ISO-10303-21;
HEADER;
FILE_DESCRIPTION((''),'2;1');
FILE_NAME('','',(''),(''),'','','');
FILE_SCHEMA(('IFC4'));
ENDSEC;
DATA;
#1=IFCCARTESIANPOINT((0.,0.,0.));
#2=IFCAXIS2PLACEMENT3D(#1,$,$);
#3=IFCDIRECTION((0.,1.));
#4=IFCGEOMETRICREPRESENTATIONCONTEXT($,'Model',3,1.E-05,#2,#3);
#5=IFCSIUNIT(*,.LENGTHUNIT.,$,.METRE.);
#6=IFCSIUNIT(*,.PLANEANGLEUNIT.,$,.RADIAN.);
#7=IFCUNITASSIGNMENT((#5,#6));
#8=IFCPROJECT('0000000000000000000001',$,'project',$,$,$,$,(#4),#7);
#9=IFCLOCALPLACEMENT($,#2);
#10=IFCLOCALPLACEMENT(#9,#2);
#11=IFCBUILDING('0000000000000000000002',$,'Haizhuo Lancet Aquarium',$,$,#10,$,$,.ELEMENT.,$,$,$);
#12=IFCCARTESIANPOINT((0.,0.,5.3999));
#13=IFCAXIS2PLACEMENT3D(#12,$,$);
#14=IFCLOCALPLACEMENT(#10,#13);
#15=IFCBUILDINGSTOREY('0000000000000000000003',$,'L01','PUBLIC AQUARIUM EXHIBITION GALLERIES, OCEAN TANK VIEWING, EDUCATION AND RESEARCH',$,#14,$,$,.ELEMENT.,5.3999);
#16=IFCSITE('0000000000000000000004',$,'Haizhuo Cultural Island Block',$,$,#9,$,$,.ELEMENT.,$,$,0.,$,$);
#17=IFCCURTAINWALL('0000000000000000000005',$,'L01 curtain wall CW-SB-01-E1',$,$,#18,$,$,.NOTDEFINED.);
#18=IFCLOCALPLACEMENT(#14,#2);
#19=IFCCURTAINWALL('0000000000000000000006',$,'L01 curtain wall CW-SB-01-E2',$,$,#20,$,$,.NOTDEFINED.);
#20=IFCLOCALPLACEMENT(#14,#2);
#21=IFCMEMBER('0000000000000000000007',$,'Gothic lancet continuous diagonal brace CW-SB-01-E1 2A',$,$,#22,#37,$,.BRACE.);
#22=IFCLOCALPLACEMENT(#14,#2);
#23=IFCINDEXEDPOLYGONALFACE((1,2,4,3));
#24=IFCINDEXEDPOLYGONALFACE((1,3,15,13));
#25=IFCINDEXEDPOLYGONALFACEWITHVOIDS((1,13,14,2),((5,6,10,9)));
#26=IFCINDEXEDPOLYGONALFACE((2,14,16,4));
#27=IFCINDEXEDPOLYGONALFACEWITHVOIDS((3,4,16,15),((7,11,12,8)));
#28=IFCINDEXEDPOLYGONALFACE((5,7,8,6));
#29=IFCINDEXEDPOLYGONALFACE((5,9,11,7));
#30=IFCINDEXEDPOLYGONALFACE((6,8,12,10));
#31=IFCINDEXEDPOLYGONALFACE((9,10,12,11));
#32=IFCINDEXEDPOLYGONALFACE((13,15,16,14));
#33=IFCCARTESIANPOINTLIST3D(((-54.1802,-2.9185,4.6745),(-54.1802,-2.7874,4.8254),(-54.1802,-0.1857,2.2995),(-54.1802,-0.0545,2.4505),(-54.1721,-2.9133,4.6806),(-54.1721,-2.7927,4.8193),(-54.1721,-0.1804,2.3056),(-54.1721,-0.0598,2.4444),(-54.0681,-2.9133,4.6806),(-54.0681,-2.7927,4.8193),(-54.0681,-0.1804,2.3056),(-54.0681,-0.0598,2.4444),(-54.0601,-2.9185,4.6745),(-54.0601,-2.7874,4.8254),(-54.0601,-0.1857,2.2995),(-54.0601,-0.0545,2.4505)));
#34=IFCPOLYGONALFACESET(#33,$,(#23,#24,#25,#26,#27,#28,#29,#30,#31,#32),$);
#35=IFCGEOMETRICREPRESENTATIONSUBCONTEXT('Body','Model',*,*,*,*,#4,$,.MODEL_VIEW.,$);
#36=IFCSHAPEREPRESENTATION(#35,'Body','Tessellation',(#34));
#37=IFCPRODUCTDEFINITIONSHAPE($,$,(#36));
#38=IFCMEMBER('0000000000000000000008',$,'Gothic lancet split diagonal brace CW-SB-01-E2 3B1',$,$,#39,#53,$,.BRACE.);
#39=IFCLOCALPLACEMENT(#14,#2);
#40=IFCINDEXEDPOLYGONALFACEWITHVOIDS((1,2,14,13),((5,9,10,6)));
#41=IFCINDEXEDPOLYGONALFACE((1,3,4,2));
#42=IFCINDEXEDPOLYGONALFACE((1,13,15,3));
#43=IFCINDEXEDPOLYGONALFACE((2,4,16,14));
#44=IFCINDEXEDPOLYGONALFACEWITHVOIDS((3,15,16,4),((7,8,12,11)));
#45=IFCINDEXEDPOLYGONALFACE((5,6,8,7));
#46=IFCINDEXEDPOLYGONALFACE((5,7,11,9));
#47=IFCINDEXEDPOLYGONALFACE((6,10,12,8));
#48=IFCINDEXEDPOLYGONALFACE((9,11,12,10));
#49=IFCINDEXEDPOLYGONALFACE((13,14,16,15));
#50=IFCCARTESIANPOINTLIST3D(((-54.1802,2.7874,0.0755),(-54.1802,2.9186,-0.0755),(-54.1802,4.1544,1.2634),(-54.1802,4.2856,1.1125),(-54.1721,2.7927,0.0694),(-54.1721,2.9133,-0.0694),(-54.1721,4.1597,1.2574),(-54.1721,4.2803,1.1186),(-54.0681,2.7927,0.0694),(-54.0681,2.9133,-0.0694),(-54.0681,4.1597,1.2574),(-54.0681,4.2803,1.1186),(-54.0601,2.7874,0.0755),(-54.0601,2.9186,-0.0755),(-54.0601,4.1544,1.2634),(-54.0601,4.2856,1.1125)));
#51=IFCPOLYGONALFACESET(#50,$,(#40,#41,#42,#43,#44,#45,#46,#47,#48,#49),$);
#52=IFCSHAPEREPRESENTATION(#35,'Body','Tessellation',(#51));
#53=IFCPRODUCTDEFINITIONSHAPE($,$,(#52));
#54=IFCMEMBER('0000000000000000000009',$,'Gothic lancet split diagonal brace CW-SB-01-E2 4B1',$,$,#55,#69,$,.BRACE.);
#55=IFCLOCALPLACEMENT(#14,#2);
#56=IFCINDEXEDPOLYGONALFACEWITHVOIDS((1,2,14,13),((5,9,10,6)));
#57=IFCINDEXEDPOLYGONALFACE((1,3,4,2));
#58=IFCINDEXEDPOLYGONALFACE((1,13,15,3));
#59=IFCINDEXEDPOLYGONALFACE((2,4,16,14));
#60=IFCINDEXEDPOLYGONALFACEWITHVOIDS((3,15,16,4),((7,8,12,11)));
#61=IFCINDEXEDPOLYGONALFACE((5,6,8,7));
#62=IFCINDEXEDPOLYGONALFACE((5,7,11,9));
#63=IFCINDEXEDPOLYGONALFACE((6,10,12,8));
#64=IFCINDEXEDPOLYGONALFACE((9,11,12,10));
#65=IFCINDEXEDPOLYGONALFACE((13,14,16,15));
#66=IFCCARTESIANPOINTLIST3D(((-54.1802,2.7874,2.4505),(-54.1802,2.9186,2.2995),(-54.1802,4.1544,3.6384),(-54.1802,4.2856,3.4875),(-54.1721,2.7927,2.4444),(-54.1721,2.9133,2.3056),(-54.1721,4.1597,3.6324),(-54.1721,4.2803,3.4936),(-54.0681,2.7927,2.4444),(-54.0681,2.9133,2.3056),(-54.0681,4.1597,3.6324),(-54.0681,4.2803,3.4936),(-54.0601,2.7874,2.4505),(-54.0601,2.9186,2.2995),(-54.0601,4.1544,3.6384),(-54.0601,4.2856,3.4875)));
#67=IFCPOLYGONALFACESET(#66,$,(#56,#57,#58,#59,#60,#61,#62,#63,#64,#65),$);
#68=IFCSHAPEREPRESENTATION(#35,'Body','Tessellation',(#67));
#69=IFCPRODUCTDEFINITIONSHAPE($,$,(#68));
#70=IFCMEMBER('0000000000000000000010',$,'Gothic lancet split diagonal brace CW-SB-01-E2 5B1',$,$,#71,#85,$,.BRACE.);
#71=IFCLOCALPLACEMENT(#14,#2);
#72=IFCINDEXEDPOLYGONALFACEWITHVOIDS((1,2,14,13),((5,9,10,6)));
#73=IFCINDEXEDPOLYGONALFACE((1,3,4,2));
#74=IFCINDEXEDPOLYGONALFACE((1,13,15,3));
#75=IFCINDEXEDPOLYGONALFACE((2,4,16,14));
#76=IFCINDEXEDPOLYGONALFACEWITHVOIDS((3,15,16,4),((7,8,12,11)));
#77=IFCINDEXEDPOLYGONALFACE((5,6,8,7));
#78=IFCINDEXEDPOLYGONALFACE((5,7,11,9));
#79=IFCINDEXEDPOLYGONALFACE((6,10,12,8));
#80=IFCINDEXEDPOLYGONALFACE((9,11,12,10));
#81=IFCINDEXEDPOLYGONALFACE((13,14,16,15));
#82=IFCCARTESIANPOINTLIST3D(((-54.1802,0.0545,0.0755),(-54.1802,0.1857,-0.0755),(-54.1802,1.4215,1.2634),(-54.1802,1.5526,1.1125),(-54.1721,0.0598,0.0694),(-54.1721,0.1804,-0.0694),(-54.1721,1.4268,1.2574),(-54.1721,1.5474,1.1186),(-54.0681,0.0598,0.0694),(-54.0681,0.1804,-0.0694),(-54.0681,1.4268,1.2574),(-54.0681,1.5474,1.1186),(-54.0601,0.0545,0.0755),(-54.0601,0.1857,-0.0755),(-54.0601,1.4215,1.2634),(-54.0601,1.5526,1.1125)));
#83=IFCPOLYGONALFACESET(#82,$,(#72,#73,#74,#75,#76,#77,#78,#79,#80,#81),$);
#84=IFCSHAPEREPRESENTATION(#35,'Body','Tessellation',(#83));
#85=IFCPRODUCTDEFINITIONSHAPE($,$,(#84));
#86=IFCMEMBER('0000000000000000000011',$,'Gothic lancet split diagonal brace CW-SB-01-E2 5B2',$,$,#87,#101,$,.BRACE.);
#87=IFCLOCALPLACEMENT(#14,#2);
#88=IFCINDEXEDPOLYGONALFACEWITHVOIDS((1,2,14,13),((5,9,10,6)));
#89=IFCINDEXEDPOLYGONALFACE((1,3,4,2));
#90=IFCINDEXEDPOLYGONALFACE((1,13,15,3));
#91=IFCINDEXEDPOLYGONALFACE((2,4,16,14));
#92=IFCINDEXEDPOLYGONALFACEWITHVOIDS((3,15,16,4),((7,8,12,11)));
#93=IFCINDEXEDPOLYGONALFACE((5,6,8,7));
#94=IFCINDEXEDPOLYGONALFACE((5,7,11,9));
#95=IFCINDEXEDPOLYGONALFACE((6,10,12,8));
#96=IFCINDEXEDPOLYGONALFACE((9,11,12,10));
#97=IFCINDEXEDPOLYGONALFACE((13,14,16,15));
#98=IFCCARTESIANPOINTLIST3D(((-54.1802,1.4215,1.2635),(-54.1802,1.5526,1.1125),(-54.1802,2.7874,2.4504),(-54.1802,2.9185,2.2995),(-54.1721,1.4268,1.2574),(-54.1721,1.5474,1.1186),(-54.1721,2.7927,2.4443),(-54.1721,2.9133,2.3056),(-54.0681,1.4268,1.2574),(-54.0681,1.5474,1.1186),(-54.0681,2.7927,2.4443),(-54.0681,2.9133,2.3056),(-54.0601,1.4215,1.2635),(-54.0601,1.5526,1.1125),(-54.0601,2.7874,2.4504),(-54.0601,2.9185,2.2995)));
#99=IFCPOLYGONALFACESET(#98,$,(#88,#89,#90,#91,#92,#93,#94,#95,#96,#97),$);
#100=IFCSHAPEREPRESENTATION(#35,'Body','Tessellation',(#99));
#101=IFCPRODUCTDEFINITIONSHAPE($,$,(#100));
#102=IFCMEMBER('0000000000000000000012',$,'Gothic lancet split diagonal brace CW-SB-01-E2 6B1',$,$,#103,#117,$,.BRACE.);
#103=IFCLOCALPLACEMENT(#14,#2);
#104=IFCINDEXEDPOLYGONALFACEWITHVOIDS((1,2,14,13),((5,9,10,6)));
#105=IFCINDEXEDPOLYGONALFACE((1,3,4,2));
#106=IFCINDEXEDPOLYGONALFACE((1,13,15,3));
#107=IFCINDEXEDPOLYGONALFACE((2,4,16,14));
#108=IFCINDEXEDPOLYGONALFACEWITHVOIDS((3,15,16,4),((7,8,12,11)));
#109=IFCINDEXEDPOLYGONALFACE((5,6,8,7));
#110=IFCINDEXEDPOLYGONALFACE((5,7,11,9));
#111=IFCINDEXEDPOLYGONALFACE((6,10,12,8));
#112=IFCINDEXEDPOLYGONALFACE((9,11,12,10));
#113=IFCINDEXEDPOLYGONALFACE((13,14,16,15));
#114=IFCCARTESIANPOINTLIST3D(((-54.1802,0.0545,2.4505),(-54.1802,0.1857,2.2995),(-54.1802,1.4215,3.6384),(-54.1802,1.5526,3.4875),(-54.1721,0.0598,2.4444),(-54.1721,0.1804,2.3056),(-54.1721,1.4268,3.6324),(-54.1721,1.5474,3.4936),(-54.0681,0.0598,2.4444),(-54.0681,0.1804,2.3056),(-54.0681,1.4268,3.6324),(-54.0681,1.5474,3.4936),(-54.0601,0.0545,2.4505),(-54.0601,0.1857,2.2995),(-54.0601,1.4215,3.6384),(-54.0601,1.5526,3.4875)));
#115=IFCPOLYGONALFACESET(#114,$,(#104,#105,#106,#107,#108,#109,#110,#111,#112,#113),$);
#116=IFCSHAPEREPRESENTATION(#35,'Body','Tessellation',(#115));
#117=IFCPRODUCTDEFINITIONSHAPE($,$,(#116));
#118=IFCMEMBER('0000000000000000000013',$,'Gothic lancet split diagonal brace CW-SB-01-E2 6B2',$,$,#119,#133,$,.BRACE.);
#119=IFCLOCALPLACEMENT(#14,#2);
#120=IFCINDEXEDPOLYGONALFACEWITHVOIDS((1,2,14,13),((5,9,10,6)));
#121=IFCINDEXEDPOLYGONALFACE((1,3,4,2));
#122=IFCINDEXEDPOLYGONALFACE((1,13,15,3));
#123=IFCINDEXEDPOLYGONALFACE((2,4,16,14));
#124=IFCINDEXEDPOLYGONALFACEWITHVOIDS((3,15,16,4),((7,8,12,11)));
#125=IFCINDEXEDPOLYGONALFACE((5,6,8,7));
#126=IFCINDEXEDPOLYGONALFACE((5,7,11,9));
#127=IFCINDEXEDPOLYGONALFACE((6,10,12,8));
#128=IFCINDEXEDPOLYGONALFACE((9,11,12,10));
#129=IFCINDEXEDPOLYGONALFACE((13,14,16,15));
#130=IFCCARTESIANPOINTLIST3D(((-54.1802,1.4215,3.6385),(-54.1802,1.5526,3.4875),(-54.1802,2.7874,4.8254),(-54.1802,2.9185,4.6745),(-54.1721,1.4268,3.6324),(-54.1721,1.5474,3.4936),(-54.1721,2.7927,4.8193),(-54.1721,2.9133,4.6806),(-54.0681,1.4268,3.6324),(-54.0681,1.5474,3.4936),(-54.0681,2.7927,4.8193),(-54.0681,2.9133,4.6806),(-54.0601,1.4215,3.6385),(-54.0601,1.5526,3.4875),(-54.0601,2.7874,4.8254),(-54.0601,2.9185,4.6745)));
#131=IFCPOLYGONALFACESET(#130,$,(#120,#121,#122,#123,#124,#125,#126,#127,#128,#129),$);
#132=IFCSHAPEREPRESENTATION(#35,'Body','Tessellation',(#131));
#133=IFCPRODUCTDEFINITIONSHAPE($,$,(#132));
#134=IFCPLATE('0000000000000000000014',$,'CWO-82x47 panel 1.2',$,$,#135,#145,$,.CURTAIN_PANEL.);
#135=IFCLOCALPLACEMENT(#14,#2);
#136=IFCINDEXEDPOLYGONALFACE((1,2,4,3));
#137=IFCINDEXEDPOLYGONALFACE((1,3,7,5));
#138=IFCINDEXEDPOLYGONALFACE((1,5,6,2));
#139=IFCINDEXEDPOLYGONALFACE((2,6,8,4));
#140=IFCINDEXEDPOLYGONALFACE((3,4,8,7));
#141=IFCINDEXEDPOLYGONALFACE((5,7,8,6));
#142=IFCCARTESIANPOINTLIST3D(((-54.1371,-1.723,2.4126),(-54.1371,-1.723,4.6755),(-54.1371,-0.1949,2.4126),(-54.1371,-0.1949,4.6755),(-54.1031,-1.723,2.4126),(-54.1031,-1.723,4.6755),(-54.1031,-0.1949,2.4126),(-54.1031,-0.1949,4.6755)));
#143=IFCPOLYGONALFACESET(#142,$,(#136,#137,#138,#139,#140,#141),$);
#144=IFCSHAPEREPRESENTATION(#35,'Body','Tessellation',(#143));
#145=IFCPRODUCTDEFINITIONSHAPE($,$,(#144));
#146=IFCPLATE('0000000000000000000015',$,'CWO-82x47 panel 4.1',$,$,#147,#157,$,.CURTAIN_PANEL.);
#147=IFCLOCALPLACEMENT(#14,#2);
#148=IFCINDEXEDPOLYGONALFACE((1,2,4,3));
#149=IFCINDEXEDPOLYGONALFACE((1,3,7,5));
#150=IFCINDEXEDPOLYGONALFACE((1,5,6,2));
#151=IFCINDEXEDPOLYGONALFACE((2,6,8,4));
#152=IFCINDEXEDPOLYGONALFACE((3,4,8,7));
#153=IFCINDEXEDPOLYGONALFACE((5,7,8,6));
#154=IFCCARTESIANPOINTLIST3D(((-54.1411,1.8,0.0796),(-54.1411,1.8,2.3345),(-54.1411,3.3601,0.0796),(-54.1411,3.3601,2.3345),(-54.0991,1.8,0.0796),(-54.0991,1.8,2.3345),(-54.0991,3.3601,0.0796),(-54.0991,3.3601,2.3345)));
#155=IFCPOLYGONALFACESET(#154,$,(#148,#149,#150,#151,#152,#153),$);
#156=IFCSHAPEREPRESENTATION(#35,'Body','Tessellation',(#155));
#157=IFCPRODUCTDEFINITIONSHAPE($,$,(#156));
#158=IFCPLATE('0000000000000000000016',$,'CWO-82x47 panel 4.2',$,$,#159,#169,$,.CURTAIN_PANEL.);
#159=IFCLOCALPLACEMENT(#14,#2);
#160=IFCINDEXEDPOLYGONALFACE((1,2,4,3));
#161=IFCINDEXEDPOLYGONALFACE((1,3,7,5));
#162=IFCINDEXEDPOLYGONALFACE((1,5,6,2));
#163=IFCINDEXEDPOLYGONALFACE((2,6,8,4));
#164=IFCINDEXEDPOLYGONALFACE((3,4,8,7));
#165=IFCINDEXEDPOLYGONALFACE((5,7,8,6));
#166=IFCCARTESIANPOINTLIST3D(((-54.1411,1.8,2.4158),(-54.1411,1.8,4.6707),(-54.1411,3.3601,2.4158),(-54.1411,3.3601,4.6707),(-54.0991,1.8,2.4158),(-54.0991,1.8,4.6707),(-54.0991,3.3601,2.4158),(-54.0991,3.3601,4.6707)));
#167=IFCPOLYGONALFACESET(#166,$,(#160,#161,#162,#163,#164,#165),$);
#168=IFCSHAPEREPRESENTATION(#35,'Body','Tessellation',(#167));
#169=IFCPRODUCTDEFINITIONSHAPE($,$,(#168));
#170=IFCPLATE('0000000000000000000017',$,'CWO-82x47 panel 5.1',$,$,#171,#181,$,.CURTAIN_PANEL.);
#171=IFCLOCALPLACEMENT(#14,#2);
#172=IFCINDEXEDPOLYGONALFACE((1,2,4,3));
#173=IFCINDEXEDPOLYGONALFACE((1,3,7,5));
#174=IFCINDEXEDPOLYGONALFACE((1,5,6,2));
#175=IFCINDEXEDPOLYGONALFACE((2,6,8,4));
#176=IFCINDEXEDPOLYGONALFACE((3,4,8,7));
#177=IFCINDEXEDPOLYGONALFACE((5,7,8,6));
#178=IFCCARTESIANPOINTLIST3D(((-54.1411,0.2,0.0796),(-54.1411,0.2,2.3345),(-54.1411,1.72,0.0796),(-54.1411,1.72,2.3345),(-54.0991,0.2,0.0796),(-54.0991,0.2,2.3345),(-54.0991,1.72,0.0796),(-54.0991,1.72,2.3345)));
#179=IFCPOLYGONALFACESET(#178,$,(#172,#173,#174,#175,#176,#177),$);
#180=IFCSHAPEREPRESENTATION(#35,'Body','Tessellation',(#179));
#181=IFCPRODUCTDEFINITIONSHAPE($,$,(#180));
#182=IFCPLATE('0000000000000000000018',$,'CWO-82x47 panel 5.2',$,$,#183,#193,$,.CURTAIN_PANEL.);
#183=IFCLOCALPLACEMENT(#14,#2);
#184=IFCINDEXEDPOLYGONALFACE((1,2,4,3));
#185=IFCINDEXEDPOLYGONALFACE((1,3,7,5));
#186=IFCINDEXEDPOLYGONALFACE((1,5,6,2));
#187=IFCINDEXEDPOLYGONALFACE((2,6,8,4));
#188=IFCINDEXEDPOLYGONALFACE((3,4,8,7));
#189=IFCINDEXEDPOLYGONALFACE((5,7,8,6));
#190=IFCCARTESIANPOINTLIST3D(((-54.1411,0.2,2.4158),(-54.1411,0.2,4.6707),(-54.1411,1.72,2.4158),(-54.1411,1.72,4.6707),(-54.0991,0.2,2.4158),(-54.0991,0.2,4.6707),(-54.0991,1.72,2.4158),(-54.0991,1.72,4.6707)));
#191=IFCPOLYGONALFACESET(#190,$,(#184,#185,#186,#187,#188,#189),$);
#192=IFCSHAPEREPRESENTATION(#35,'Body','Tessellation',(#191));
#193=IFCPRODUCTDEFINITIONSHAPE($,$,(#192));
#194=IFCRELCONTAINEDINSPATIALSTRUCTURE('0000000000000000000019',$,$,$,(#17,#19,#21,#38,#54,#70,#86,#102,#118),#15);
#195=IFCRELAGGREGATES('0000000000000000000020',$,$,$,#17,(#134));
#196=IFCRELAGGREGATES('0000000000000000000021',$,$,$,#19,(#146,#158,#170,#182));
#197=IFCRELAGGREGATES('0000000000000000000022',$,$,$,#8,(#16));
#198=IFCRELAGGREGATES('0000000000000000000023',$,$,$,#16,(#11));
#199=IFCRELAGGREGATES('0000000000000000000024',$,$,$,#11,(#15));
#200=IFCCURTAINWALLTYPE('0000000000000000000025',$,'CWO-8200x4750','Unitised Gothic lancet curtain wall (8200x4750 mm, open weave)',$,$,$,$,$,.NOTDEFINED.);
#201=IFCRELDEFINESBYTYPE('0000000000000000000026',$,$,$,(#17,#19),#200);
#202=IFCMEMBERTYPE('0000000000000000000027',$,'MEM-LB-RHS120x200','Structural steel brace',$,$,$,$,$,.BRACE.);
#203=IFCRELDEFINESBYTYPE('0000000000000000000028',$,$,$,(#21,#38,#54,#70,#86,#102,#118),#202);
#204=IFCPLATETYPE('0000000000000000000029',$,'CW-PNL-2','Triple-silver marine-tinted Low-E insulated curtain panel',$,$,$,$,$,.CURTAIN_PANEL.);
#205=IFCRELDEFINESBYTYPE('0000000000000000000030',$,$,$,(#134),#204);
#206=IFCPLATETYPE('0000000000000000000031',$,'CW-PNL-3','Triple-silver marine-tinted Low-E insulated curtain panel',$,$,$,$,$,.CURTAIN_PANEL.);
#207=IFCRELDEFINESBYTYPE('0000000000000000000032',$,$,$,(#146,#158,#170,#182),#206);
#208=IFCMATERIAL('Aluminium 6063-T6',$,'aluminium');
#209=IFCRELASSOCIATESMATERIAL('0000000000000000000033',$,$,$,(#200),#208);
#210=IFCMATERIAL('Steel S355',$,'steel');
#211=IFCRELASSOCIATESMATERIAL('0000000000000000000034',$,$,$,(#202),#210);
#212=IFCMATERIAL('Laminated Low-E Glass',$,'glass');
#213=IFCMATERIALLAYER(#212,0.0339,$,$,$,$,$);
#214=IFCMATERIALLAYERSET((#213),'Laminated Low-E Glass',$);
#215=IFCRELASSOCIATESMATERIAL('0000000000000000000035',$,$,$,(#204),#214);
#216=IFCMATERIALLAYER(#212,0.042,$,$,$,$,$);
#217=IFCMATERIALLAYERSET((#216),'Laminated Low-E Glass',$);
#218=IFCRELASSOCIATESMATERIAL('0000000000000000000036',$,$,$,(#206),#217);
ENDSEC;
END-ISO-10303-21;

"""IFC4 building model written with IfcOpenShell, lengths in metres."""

from ifc_helpers import new_model, si_unit, direction, frame, origin, origin_2d, place, context, subcontext, project, spatial, rectangle, hollow_rectangle, extrude, material, layer, layer_set, material_profile, profile_set, type_object, element, aggregate, save


model = new_model("IFC4")

# Units and contexts
model_context = context("Model", 3, precision=1e-05, world=origin(), true_north=direction((0.0, 1.0)))
body_context = subcontext(model_context, "Body", "Model", "MODEL_VIEW")
ifc_project = project(units=[si_unit("LENGTHUNIT", "METRE"), si_unit("PLANEANGLEUNIT", "RADIAN")], contexts=[model_context])

# Site, building, storey
site_placement = place(None, origin())
site = spatial("IfcSite", under=ifc_project, at=site_placement, Name="Haizhuo Cultural Island Block", CompositionType="ELEMENT", RefElevation=0.0)
building_placement = place(site_placement, origin())
building = spatial("IfcBuilding", under=site, at=building_placement, Name="Haizhuo Lancet Aquarium", CompositionType="ELEMENT")
storey_placement = place(building_placement, frame((0.0, 0.0, 5.3999)))
storey = spatial("IfcBuildingStorey", under=building, at=storey_placement, Name="L01", Description="PUBLIC AQUARIUM EXHIBITION GALLERIES, OCEAN TANK VIEWING, EDUCATION AND RESEARCH", CompositionType="ELEMENT", Elevation=5.3999)

# Curtain wall
ifc_material_1 = material(Name="Aluminium 6063-T6", Category="aluminium")
curtain_wall_type = type_object("IfcCurtainWallType", Name="CWO-8200x4750", Description="Unitised Gothic lancet curtain wall (8200x4750 mm, open weave)", PredefinedType="NOTDEFINED", material=ifc_material_1)
curtain_wall_1_placement = place(storey_placement, origin())
curtain_wall_1 = element("IfcCurtainWall", 1, at=curtain_wall_1_placement, inside=storey, type_object=curtain_wall_type, Name="L01 curtain wall CW-SB-01-E1", PredefinedType="NOTDEFINED")

# Curtain wall
curtain_wall_2_placement = place(storey_placement, origin())
curtain_wall_2 = element("IfcCurtainWall", 2, at=curtain_wall_2_placement, inside=storey, type_object=curtain_wall_type, Name="L01 curtain wall CW-SB-01-E2", PredefinedType="NOTDEFINED")

# Members
ifc_material_2 = material(Name="Steel S355", Category="steel")
ifc_material_profile_1 = material_profile(ifc_material_2, hollow_rectangle(XDim=0.1201, YDim=0.2, WallThickness=0.0081, at=origin_2d()), Name="RHS 120x200x8")
ifc_profile_set_1 = profile_set([ifc_material_profile_1], Name="Steel S355")
member_type_1 = type_object("IfcMemberType", Name="MEM-LB-RHS120x200", Description="Structural steel brace", PredefinedType="BRACE", material=ifc_profile_set_1)
for number, where, z_axis, x_axis, name in (
    (3, (-54.1201, -0.1201, 2.375), (0.0, -0.754803, 0.655952), (1.0, 0.0, 0.0), "Gothic lancet continuous diagonal brace CW-SB-01-E1 2A"),
):
    element("IfcMember", number, at=place(storey_placement, frame(where, z_axis=z_axis, x_axis=x_axis)), inside=storey, type_object=member_type_1, Name=name, PredefinedType="BRACE", context=body_context, shape_type="SweptSolid", body=[
        extrude(hollow_rectangle(XDim=0.1201, YDim=0.2, WallThickness=0.0081, at=origin_2d()), origin(), (0.0, 0.0, 1.0), 3.6206),
    ])
for number, where, z_axis, x_axis, name in (
    (4, (-54.1201, 2.853, 0.0), (0.0, 0.754785, 0.655972), (-1.0, 0.0, 0.0), "Gothic lancet split diagonal brace CW-SB-01-E2 3B1"),
    (5, (-54.1201, 2.853, 2.375), (0.0, 0.754785, 0.655972), (-1.0, 0.0, 0.0), "Gothic lancet split diagonal brace CW-SB-01-E2 4B1"),
    (6, (-54.1201, 0.1201, 0.0), (0.0, 0.754785, 0.655972), (-1.0, 0.0, 0.0), "Gothic lancet split diagonal brace CW-SB-01-E2 5B1"),
):
    element("IfcMember", number, at=place(storey_placement, frame(where, z_axis=z_axis, x_axis=x_axis)), inside=storey, type_object=member_type_1, Name=name, PredefinedType="BRACE", context=body_context, shape_type="SweptSolid", body=[
        extrude(hollow_rectangle(XDim=0.1201, YDim=0.2, WallThickness=0.0081, at=origin_2d()), origin(), (0.0, 0.0, 1.0), 1.811),
    ])
member_1_placement = place(storey_placement, frame((-54.1201, 1.4871, 1.188), z_axis=(0.0, 0.75482, 0.655932), x_axis=(-1.0, 0.0, 0.0)))
element("IfcMember", 7, at=member_1_placement, inside=storey, type_object=member_type_1, Name="Gothic lancet split diagonal brace CW-SB-01-E2 5B2", PredefinedType="BRACE", context=body_context, shape_type="SweptSolid", body=[
    extrude(hollow_rectangle(XDim=0.1201, YDim=0.2, WallThickness=0.0081, at=origin_2d()), origin(), (0.0, 0.0, 1.0), 1.8096),
])
member_2_placement = place(storey_placement, frame((-54.1201, 0.1201, 2.375), z_axis=(0.0, 0.754785, 0.655972), x_axis=(-1.0, 0.0, 0.0)))
element("IfcMember", 8, at=member_2_placement, inside=storey, type_object=member_type_1, Name="Gothic lancet split diagonal brace CW-SB-01-E2 6B1", PredefinedType="BRACE", context=body_context, shape_type="SweptSolid", body=[
    extrude(hollow_rectangle(XDim=0.1201, YDim=0.2, WallThickness=0.0081, at=origin_2d()), origin(), (0.0, 0.0, 1.0), 1.811),
])
member_3_placement = place(storey_placement, frame((-54.1201, 1.4871, 3.563), z_axis=(0.0, 0.75482, 0.655932), x_axis=(-1.0, 0.0, 0.0)))
element("IfcMember", 9, at=member_3_placement, inside=storey, type_object=member_type_1, Name="Gothic lancet split diagonal brace CW-SB-01-E2 6B2", PredefinedType="BRACE", context=body_context, shape_type="SweptSolid", body=[
    extrude(hollow_rectangle(XDim=0.1201, YDim=0.2, WallThickness=0.0081, at=origin_2d()), origin(), (0.0, 0.0, 1.0), 1.8096),
])

# Plates
ifc_material_3 = material(Name="Laminated Low-E Glass", Category="glass")
ifc_layer_1 = layer(ifc_material_3, 0.0339)
ifc_layer_set_1 = layer_set([ifc_layer_1], Name="Laminated Low-E Glass")
plate_type_1 = type_object("IfcPlateType", Name="CW-PNL-2", Description="Triple-silver marine-tinted Low-E insulated curtain panel", PredefinedType="CURTAIN_PANEL", material=ifc_layer_set_1)
plate_1_placement = place(storey_placement, frame((-54.1201, -0.959, 2.4126), z_axis=(0.0, 0.0, 1.0), x_axis=(0.0, -1.0, 0.0)))
plate_1 = element("IfcPlate", 10, at=plate_1_placement, type_object=plate_type_1, Name="CWO-82x47 panel 1.2", PredefinedType="CURTAIN_PANEL", context=body_context, shape_type="SweptSolid", body=[
    extrude(rectangle(XDim=1.5281, YDim=0.0339, at=origin_2d()), origin(), (0.0, 0.0, 1.0), 2.2629),
])
aggregate(curtain_wall_1, [plate_1])
ifc_layer_2 = layer(ifc_material_3, 0.042)
ifc_layer_set_2 = layer_set([ifc_layer_2], Name="Laminated Low-E Glass")
plate_type_2 = type_object("IfcPlateType", Name="CW-PNL-3", Description="Triple-silver marine-tinted Low-E insulated curtain panel", PredefinedType="CURTAIN_PANEL", material=ifc_layer_set_2)
plate_2_placement = place(storey_placement, frame((-54.1201, 2.5801, 0.0796), z_axis=(0.0, 0.0, 1.0), x_axis=(0.0, -1.0, 0.0)))
plate_2 = element("IfcPlate", 11, at=plate_2_placement, type_object=plate_type_2, Name="CWO-82x47 panel 4.1", PredefinedType="CURTAIN_PANEL", context=body_context, shape_type="SweptSolid", body=[
    extrude(rectangle(XDim=1.5601, YDim=0.042, at=origin_2d()), origin(), (0.0, 0.0, 1.0), 2.2549),
])
plate_3_placement = place(storey_placement, frame((-54.1201, 2.5801, 2.4158), z_axis=(0.0, 0.0, 1.0), x_axis=(0.0, -1.0, 0.0)))
plate_3 = element("IfcPlate", 12, at=plate_3_placement, type_object=plate_type_2, Name="CWO-82x47 panel 4.2", PredefinedType="CURTAIN_PANEL", context=body_context, shape_type="SweptSolid", body=[
    extrude(rectangle(XDim=1.5601, YDim=0.042, at=origin_2d()), origin(), (0.0, 0.0, 1.0), 2.2549),
])
plate_4_placement = place(storey_placement, frame((-54.1201, 0.96, 0.0796), z_axis=(0.0, 0.0, 1.0), x_axis=(0.0, -1.0, 0.0)))
plate_4 = element("IfcPlate", 13, at=plate_4_placement, type_object=plate_type_2, Name="CWO-82x47 panel 5.1", PredefinedType="CURTAIN_PANEL", context=body_context, shape_type="SweptSolid", body=[
    extrude(rectangle(XDim=1.52, YDim=0.042, at=origin_2d()), origin(), (0.0, 0.0, 1.0), 2.2549),
])
plate_5_placement = place(storey_placement, frame((-54.1201, 0.96, 2.4158), z_axis=(0.0, 0.0, 1.0), x_axis=(0.0, -1.0, 0.0)))
plate_5 = element("IfcPlate", 14, at=plate_5_placement, type_object=plate_type_2, Name="CWO-82x47 panel 5.2", PredefinedType="CURTAIN_PANEL", context=body_context, shape_type="SweptSolid", body=[
    extrude(rectangle(XDim=1.52, YDim=0.042, at=origin_2d()), origin(), (0.0, 0.0, 1.0), 2.2549),
])
aggregate(curtain_wall_2, [plate_2, plate_3, plate_4, plate_5])

save(model, "model.ifc")
